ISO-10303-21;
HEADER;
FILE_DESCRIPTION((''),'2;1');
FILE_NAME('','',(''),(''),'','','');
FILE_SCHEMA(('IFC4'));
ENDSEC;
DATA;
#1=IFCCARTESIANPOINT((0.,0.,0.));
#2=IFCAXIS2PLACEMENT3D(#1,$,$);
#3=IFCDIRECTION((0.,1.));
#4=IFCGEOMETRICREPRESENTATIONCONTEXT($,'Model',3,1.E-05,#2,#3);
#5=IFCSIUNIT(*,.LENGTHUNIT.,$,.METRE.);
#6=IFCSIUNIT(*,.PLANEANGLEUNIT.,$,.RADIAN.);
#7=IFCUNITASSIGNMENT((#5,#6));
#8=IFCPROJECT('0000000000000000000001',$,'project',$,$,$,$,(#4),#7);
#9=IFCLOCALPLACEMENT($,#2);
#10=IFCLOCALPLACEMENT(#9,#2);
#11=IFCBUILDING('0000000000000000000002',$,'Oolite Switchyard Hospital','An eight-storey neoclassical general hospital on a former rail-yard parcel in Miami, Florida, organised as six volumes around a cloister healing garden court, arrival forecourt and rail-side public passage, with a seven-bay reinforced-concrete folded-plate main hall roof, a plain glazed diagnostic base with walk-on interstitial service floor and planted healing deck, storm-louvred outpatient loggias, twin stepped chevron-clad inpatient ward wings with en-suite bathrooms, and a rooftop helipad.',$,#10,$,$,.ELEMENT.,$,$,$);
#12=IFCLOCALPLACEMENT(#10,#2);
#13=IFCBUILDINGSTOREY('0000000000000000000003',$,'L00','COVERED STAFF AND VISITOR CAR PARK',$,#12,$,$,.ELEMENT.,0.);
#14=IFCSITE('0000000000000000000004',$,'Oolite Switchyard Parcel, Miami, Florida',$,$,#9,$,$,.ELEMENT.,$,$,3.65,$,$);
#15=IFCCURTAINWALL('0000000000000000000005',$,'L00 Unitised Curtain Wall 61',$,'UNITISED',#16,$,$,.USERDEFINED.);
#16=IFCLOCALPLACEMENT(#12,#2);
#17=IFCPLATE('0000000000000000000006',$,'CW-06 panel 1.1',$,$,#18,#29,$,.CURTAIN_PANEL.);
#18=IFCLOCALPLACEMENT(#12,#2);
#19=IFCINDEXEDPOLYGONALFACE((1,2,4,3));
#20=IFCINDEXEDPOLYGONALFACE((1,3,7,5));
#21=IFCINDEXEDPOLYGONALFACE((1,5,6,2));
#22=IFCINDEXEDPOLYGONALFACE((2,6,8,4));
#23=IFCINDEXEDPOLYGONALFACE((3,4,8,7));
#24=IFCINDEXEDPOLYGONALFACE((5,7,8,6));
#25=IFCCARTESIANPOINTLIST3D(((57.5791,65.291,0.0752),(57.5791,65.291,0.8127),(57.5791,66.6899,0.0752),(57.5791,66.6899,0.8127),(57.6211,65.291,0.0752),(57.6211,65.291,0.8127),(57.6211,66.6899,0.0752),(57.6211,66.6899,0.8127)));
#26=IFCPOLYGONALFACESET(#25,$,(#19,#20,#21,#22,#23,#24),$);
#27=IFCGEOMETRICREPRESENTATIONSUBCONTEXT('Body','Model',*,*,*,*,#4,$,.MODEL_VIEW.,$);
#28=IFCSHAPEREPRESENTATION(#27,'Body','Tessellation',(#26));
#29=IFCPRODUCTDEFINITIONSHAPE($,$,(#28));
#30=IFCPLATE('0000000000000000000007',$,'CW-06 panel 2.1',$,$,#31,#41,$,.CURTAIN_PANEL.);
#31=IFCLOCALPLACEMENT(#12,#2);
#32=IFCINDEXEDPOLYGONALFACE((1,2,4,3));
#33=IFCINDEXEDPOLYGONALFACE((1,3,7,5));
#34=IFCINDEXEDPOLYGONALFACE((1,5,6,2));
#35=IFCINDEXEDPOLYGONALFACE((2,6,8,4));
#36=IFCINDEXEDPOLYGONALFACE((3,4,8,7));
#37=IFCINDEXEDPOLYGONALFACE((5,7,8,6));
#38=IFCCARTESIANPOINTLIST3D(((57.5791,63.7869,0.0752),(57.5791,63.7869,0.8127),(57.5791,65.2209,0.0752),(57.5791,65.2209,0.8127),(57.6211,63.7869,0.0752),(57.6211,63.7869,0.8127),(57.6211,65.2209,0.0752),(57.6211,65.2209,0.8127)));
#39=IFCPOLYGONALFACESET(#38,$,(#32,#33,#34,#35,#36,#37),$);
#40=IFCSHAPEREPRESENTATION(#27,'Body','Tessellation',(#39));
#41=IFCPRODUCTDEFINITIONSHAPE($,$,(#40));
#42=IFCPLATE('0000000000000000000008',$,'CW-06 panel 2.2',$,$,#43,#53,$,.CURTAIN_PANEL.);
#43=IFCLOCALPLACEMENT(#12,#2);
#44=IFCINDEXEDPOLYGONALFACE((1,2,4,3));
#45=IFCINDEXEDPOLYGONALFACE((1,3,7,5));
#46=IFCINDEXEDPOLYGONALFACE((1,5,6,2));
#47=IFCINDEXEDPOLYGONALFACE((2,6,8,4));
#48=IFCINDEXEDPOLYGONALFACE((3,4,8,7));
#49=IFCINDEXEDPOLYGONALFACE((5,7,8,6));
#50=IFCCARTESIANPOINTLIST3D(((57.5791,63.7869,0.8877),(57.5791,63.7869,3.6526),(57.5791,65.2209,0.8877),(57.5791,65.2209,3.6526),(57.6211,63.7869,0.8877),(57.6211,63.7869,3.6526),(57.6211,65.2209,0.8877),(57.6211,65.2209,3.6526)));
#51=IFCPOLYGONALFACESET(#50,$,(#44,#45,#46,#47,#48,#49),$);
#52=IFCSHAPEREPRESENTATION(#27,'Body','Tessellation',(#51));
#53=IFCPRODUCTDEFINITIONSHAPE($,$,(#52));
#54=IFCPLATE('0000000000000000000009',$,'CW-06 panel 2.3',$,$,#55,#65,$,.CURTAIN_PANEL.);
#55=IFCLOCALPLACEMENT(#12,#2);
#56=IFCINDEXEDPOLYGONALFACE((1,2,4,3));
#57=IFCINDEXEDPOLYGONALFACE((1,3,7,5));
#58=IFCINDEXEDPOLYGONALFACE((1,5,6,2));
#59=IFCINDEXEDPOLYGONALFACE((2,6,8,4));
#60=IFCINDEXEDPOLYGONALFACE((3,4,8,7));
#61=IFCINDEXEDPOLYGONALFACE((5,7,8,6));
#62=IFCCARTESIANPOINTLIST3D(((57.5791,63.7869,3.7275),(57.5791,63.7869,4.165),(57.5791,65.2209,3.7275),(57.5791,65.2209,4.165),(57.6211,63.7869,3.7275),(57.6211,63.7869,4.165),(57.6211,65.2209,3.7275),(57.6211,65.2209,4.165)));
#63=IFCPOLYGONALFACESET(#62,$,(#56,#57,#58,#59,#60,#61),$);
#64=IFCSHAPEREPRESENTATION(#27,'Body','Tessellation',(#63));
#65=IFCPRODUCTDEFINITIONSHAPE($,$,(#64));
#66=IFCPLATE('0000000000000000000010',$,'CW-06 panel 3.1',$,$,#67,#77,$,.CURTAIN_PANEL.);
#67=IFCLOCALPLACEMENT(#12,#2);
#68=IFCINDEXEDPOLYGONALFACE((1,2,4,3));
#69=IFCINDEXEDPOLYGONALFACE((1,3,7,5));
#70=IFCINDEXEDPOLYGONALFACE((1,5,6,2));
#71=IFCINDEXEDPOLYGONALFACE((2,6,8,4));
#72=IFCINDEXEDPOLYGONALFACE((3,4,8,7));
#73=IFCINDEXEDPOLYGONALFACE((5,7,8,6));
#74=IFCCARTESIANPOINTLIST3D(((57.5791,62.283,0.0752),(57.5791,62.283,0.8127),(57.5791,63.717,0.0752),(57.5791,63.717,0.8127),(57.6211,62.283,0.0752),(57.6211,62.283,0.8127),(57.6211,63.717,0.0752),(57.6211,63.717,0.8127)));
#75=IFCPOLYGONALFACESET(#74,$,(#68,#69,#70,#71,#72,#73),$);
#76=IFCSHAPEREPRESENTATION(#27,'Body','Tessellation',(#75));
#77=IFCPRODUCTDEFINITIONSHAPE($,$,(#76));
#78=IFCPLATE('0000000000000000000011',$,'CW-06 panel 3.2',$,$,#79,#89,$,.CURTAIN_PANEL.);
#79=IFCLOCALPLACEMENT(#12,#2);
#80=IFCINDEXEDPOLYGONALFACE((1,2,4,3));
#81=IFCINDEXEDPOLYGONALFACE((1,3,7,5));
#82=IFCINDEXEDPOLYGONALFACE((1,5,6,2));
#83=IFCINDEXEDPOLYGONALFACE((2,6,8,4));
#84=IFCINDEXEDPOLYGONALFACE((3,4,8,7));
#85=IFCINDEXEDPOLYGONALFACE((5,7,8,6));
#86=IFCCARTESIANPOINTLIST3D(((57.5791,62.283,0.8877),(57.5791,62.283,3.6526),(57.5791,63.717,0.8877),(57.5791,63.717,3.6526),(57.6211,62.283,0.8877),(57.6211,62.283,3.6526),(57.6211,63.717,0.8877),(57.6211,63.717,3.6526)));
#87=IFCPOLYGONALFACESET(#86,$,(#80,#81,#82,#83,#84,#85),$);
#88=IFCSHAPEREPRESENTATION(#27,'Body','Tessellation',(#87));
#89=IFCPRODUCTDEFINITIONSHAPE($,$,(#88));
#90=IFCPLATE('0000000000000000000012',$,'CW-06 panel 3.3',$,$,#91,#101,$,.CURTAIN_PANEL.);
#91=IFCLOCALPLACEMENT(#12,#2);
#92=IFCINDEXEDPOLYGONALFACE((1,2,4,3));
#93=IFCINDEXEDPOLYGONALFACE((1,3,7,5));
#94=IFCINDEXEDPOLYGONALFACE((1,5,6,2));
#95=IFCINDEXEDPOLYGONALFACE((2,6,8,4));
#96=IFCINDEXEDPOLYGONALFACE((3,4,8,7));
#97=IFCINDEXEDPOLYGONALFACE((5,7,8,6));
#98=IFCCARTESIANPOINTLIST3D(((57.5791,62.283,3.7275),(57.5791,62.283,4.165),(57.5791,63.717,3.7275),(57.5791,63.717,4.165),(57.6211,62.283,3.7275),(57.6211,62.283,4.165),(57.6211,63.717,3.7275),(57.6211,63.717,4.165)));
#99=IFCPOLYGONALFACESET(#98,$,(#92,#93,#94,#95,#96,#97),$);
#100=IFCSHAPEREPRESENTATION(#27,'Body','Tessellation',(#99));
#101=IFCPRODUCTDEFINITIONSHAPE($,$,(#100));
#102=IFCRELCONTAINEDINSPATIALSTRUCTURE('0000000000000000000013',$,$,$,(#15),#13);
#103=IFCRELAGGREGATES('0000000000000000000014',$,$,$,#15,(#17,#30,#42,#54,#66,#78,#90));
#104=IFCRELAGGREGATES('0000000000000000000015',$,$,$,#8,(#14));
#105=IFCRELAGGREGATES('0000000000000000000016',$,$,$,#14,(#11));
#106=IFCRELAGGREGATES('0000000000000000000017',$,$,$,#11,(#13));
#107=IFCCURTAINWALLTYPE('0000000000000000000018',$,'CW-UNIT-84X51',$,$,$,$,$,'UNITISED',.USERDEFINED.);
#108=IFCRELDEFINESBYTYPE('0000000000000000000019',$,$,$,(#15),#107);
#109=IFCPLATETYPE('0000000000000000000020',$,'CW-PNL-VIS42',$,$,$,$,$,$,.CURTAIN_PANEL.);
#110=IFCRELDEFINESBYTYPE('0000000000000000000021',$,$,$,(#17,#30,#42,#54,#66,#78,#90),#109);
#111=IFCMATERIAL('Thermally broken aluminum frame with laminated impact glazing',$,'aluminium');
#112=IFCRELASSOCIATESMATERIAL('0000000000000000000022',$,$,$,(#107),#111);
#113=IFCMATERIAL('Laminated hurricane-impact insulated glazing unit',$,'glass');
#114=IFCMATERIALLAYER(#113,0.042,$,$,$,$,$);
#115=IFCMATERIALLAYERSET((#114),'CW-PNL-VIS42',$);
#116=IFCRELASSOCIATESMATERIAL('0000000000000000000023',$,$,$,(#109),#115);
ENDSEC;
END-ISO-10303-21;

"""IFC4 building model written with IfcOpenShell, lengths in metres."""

from ifc_helpers import new_model, si_unit, direction, frame, origin, origin_2d, place, context, subcontext, project, spatial, rectangle, extrude, material, layer, layer_set, type_object, element, aggregate, save


model = new_model("IFC4")

# Units and contexts
model_context = context("Model", 3, precision=1e-05, world=origin(), true_north=direction((0.0, 1.0)))
body_context = subcontext(model_context, "Body", "Model", "MODEL_VIEW")
ifc_project = project(units=[si_unit("LENGTHUNIT", "METRE"), si_unit("PLANEANGLEUNIT", "RADIAN")], contexts=[model_context])

# Site, building, storey
site_placement = place(None, origin())
site = spatial("IfcSite", under=ifc_project, at=site_placement, Name="Oolite Switchyard Parcel, Miami, Florida", CompositionType="ELEMENT", RefElevation=3.65)
building_placement = place(site_placement, origin())
building = spatial("IfcBuilding", under=site, at=building_placement, Name="Oolite Switchyard Hospital", Description="An eight-storey neoclassical general hospital on a former rail-yard parcel in Miami, Florida, organised as six volumes around a cloister healing garden court, arrival forecourt and rail-side public passage, with a seven-bay reinforced-concrete folded-plate main hall roof, a plain glazed diagnostic base with walk-on interstitial service floor and planted healing deck, storm-louvred outpatient loggias, twin stepped chevron-clad inpatient ward wings with en-suite bathrooms, and a rooftop helipad.", CompositionType="ELEMENT")
storey_placement = place(building_placement, origin())
storey = spatial("IfcBuildingStorey", under=building, at=storey_placement, Name="L00", Description="COVERED STAFF AND VISITOR CAR PARK", CompositionType="ELEMENT", Elevation=0.0)

# Curtain wall, plates
ifc_material_1 = material(Name="Thermally broken aluminum frame with laminated impact glazing", Category="aluminium")
curtain_wall_type = type_object("IfcCurtainWallType", Name="CW-UNIT-84X51", ElementType="UNITISED", PredefinedType="USERDEFINED", material=ifc_material_1)
curtain_wall_placement = place(storey_placement, origin())
curtain_wall = element("IfcCurtainWall", 1, at=curtain_wall_placement, inside=storey, type_object=curtain_wall_type, Name="L00 Unitised Curtain Wall 61", ObjectType="UNITISED", PredefinedType="USERDEFINED")
ifc_material_2 = material(Name="Laminated hurricane-impact insulated glazing unit", Category="glass")
ifc_layer = layer(ifc_material_2, 0.042)
ifc_layer_set = layer_set([ifc_layer], Name="CW-PNL-VIS42")
plate_type = type_object("IfcPlateType", Name="CW-PNL-VIS42", PredefinedType="CURTAIN_PANEL", material=ifc_layer_set)
plate_1_placement = place(storey_placement, frame((57.6001, 65.9905, 0.0752), z_axis=(0.0, 0.0, 1.0), x_axis=(0.0, -1.0, 0.0)))
plate_1 = element("IfcPlate", 2, at=plate_1_placement, type_object=plate_type, Name="CW-06 panel 1.1", PredefinedType="CURTAIN_PANEL", context=body_context, shape_type="SweptSolid", body=[
    extrude(rectangle(XDim=1.3989, YDim=0.042, at=origin_2d()), origin(), (0.0, 0.0, 1.0), 0.7375),
])
plate_2_placement = place(storey_placement, frame((57.6001, 64.5039, 0.0752), z_axis=(0.0, 0.0, 1.0), x_axis=(0.0, -1.0, 0.0)))
plate_2 = element("IfcPlate", 3, at=plate_2_placement, type_object=plate_type, Name="CW-06 panel 2.1", PredefinedType="CURTAIN_PANEL", context=body_context, shape_type="SweptSolid", body=[
    extrude(rectangle(XDim=1.4341, YDim=0.042, at=origin_2d()), origin(), (0.0, 0.0, 1.0), 0.7375),
])
plate_3_placement = place(storey_placement, frame((57.6001, 64.5039, 0.8877), z_axis=(0.0, 0.0, 1.0), x_axis=(0.0, -1.0, 0.0)))
plate_3 = element("IfcPlate", 4, at=plate_3_placement, type_object=plate_type, Name="CW-06 panel 2.2", PredefinedType="CURTAIN_PANEL", context=body_context, shape_type="SweptSolid", body=[
    extrude(rectangle(XDim=1.4341, YDim=0.042, at=origin_2d()), origin(), (0.0, 0.0, 1.0), 2.7649),
])
plate_4_placement = place(storey_placement, frame((57.6001, 64.5039, 3.7275), z_axis=(0.0, 0.0, 1.0), x_axis=(0.0, -1.0, 0.0)))
plate_4 = element("IfcPlate", 5, at=plate_4_placement, type_object=plate_type, Name="CW-06 panel 2.3", PredefinedType="CURTAIN_PANEL", context=body_context, shape_type="SweptSolid", body=[
    extrude(rectangle(XDim=1.4341, YDim=0.042, at=origin_2d()), origin(), (0.0, 0.0, 1.0), 0.4375),
])
plate_5_placement = place(storey_placement, frame((57.6001, 63.0, 0.0752), z_axis=(0.0, 0.0, 1.0), x_axis=(0.0, -1.0, 0.0)))
plate_5 = element("IfcPlate", 6, at=plate_5_placement, type_object=plate_type, Name="CW-06 panel 3.1", PredefinedType="CURTAIN_PANEL", context=body_context, shape_type="SweptSolid", body=[
    extrude(rectangle(XDim=1.4341, YDim=0.042, at=origin_2d()), origin(), (0.0, 0.0, 1.0), 0.7375),
])
plate_6_placement = place(storey_placement, frame((57.6001, 63.0, 0.8877), z_axis=(0.0, 0.0, 1.0), x_axis=(0.0, -1.0, 0.0)))
plate_6 = element("IfcPlate", 7, at=plate_6_placement, type_object=plate_type, Name="CW-06 panel 3.2", PredefinedType="CURTAIN_PANEL", context=body_context, shape_type="SweptSolid", body=[
    extrude(rectangle(XDim=1.4341, YDim=0.042, at=origin_2d()), origin(), (0.0, 0.0, 1.0), 2.7649),
])
plate_7_placement = place(storey_placement, frame((57.6001, 63.0, 3.7275), z_axis=(0.0, 0.0, 1.0), x_axis=(0.0, -1.0, 0.0)))
plate_7 = element("IfcPlate", 8, at=plate_7_placement, type_object=plate_type, Name="CW-06 panel 3.3", PredefinedType="CURTAIN_PANEL", context=body_context, shape_type="SweptSolid", body=[
    extrude(rectangle(XDim=1.4341, YDim=0.042, at=origin_2d()), origin(), (0.0, 0.0, 1.0), 0.4375),
])
aggregate(curtain_wall, [plate_1, plate_2, plate_3, plate_4, plate_5, plate_6, plate_7])

save(model, "model.ifc")
